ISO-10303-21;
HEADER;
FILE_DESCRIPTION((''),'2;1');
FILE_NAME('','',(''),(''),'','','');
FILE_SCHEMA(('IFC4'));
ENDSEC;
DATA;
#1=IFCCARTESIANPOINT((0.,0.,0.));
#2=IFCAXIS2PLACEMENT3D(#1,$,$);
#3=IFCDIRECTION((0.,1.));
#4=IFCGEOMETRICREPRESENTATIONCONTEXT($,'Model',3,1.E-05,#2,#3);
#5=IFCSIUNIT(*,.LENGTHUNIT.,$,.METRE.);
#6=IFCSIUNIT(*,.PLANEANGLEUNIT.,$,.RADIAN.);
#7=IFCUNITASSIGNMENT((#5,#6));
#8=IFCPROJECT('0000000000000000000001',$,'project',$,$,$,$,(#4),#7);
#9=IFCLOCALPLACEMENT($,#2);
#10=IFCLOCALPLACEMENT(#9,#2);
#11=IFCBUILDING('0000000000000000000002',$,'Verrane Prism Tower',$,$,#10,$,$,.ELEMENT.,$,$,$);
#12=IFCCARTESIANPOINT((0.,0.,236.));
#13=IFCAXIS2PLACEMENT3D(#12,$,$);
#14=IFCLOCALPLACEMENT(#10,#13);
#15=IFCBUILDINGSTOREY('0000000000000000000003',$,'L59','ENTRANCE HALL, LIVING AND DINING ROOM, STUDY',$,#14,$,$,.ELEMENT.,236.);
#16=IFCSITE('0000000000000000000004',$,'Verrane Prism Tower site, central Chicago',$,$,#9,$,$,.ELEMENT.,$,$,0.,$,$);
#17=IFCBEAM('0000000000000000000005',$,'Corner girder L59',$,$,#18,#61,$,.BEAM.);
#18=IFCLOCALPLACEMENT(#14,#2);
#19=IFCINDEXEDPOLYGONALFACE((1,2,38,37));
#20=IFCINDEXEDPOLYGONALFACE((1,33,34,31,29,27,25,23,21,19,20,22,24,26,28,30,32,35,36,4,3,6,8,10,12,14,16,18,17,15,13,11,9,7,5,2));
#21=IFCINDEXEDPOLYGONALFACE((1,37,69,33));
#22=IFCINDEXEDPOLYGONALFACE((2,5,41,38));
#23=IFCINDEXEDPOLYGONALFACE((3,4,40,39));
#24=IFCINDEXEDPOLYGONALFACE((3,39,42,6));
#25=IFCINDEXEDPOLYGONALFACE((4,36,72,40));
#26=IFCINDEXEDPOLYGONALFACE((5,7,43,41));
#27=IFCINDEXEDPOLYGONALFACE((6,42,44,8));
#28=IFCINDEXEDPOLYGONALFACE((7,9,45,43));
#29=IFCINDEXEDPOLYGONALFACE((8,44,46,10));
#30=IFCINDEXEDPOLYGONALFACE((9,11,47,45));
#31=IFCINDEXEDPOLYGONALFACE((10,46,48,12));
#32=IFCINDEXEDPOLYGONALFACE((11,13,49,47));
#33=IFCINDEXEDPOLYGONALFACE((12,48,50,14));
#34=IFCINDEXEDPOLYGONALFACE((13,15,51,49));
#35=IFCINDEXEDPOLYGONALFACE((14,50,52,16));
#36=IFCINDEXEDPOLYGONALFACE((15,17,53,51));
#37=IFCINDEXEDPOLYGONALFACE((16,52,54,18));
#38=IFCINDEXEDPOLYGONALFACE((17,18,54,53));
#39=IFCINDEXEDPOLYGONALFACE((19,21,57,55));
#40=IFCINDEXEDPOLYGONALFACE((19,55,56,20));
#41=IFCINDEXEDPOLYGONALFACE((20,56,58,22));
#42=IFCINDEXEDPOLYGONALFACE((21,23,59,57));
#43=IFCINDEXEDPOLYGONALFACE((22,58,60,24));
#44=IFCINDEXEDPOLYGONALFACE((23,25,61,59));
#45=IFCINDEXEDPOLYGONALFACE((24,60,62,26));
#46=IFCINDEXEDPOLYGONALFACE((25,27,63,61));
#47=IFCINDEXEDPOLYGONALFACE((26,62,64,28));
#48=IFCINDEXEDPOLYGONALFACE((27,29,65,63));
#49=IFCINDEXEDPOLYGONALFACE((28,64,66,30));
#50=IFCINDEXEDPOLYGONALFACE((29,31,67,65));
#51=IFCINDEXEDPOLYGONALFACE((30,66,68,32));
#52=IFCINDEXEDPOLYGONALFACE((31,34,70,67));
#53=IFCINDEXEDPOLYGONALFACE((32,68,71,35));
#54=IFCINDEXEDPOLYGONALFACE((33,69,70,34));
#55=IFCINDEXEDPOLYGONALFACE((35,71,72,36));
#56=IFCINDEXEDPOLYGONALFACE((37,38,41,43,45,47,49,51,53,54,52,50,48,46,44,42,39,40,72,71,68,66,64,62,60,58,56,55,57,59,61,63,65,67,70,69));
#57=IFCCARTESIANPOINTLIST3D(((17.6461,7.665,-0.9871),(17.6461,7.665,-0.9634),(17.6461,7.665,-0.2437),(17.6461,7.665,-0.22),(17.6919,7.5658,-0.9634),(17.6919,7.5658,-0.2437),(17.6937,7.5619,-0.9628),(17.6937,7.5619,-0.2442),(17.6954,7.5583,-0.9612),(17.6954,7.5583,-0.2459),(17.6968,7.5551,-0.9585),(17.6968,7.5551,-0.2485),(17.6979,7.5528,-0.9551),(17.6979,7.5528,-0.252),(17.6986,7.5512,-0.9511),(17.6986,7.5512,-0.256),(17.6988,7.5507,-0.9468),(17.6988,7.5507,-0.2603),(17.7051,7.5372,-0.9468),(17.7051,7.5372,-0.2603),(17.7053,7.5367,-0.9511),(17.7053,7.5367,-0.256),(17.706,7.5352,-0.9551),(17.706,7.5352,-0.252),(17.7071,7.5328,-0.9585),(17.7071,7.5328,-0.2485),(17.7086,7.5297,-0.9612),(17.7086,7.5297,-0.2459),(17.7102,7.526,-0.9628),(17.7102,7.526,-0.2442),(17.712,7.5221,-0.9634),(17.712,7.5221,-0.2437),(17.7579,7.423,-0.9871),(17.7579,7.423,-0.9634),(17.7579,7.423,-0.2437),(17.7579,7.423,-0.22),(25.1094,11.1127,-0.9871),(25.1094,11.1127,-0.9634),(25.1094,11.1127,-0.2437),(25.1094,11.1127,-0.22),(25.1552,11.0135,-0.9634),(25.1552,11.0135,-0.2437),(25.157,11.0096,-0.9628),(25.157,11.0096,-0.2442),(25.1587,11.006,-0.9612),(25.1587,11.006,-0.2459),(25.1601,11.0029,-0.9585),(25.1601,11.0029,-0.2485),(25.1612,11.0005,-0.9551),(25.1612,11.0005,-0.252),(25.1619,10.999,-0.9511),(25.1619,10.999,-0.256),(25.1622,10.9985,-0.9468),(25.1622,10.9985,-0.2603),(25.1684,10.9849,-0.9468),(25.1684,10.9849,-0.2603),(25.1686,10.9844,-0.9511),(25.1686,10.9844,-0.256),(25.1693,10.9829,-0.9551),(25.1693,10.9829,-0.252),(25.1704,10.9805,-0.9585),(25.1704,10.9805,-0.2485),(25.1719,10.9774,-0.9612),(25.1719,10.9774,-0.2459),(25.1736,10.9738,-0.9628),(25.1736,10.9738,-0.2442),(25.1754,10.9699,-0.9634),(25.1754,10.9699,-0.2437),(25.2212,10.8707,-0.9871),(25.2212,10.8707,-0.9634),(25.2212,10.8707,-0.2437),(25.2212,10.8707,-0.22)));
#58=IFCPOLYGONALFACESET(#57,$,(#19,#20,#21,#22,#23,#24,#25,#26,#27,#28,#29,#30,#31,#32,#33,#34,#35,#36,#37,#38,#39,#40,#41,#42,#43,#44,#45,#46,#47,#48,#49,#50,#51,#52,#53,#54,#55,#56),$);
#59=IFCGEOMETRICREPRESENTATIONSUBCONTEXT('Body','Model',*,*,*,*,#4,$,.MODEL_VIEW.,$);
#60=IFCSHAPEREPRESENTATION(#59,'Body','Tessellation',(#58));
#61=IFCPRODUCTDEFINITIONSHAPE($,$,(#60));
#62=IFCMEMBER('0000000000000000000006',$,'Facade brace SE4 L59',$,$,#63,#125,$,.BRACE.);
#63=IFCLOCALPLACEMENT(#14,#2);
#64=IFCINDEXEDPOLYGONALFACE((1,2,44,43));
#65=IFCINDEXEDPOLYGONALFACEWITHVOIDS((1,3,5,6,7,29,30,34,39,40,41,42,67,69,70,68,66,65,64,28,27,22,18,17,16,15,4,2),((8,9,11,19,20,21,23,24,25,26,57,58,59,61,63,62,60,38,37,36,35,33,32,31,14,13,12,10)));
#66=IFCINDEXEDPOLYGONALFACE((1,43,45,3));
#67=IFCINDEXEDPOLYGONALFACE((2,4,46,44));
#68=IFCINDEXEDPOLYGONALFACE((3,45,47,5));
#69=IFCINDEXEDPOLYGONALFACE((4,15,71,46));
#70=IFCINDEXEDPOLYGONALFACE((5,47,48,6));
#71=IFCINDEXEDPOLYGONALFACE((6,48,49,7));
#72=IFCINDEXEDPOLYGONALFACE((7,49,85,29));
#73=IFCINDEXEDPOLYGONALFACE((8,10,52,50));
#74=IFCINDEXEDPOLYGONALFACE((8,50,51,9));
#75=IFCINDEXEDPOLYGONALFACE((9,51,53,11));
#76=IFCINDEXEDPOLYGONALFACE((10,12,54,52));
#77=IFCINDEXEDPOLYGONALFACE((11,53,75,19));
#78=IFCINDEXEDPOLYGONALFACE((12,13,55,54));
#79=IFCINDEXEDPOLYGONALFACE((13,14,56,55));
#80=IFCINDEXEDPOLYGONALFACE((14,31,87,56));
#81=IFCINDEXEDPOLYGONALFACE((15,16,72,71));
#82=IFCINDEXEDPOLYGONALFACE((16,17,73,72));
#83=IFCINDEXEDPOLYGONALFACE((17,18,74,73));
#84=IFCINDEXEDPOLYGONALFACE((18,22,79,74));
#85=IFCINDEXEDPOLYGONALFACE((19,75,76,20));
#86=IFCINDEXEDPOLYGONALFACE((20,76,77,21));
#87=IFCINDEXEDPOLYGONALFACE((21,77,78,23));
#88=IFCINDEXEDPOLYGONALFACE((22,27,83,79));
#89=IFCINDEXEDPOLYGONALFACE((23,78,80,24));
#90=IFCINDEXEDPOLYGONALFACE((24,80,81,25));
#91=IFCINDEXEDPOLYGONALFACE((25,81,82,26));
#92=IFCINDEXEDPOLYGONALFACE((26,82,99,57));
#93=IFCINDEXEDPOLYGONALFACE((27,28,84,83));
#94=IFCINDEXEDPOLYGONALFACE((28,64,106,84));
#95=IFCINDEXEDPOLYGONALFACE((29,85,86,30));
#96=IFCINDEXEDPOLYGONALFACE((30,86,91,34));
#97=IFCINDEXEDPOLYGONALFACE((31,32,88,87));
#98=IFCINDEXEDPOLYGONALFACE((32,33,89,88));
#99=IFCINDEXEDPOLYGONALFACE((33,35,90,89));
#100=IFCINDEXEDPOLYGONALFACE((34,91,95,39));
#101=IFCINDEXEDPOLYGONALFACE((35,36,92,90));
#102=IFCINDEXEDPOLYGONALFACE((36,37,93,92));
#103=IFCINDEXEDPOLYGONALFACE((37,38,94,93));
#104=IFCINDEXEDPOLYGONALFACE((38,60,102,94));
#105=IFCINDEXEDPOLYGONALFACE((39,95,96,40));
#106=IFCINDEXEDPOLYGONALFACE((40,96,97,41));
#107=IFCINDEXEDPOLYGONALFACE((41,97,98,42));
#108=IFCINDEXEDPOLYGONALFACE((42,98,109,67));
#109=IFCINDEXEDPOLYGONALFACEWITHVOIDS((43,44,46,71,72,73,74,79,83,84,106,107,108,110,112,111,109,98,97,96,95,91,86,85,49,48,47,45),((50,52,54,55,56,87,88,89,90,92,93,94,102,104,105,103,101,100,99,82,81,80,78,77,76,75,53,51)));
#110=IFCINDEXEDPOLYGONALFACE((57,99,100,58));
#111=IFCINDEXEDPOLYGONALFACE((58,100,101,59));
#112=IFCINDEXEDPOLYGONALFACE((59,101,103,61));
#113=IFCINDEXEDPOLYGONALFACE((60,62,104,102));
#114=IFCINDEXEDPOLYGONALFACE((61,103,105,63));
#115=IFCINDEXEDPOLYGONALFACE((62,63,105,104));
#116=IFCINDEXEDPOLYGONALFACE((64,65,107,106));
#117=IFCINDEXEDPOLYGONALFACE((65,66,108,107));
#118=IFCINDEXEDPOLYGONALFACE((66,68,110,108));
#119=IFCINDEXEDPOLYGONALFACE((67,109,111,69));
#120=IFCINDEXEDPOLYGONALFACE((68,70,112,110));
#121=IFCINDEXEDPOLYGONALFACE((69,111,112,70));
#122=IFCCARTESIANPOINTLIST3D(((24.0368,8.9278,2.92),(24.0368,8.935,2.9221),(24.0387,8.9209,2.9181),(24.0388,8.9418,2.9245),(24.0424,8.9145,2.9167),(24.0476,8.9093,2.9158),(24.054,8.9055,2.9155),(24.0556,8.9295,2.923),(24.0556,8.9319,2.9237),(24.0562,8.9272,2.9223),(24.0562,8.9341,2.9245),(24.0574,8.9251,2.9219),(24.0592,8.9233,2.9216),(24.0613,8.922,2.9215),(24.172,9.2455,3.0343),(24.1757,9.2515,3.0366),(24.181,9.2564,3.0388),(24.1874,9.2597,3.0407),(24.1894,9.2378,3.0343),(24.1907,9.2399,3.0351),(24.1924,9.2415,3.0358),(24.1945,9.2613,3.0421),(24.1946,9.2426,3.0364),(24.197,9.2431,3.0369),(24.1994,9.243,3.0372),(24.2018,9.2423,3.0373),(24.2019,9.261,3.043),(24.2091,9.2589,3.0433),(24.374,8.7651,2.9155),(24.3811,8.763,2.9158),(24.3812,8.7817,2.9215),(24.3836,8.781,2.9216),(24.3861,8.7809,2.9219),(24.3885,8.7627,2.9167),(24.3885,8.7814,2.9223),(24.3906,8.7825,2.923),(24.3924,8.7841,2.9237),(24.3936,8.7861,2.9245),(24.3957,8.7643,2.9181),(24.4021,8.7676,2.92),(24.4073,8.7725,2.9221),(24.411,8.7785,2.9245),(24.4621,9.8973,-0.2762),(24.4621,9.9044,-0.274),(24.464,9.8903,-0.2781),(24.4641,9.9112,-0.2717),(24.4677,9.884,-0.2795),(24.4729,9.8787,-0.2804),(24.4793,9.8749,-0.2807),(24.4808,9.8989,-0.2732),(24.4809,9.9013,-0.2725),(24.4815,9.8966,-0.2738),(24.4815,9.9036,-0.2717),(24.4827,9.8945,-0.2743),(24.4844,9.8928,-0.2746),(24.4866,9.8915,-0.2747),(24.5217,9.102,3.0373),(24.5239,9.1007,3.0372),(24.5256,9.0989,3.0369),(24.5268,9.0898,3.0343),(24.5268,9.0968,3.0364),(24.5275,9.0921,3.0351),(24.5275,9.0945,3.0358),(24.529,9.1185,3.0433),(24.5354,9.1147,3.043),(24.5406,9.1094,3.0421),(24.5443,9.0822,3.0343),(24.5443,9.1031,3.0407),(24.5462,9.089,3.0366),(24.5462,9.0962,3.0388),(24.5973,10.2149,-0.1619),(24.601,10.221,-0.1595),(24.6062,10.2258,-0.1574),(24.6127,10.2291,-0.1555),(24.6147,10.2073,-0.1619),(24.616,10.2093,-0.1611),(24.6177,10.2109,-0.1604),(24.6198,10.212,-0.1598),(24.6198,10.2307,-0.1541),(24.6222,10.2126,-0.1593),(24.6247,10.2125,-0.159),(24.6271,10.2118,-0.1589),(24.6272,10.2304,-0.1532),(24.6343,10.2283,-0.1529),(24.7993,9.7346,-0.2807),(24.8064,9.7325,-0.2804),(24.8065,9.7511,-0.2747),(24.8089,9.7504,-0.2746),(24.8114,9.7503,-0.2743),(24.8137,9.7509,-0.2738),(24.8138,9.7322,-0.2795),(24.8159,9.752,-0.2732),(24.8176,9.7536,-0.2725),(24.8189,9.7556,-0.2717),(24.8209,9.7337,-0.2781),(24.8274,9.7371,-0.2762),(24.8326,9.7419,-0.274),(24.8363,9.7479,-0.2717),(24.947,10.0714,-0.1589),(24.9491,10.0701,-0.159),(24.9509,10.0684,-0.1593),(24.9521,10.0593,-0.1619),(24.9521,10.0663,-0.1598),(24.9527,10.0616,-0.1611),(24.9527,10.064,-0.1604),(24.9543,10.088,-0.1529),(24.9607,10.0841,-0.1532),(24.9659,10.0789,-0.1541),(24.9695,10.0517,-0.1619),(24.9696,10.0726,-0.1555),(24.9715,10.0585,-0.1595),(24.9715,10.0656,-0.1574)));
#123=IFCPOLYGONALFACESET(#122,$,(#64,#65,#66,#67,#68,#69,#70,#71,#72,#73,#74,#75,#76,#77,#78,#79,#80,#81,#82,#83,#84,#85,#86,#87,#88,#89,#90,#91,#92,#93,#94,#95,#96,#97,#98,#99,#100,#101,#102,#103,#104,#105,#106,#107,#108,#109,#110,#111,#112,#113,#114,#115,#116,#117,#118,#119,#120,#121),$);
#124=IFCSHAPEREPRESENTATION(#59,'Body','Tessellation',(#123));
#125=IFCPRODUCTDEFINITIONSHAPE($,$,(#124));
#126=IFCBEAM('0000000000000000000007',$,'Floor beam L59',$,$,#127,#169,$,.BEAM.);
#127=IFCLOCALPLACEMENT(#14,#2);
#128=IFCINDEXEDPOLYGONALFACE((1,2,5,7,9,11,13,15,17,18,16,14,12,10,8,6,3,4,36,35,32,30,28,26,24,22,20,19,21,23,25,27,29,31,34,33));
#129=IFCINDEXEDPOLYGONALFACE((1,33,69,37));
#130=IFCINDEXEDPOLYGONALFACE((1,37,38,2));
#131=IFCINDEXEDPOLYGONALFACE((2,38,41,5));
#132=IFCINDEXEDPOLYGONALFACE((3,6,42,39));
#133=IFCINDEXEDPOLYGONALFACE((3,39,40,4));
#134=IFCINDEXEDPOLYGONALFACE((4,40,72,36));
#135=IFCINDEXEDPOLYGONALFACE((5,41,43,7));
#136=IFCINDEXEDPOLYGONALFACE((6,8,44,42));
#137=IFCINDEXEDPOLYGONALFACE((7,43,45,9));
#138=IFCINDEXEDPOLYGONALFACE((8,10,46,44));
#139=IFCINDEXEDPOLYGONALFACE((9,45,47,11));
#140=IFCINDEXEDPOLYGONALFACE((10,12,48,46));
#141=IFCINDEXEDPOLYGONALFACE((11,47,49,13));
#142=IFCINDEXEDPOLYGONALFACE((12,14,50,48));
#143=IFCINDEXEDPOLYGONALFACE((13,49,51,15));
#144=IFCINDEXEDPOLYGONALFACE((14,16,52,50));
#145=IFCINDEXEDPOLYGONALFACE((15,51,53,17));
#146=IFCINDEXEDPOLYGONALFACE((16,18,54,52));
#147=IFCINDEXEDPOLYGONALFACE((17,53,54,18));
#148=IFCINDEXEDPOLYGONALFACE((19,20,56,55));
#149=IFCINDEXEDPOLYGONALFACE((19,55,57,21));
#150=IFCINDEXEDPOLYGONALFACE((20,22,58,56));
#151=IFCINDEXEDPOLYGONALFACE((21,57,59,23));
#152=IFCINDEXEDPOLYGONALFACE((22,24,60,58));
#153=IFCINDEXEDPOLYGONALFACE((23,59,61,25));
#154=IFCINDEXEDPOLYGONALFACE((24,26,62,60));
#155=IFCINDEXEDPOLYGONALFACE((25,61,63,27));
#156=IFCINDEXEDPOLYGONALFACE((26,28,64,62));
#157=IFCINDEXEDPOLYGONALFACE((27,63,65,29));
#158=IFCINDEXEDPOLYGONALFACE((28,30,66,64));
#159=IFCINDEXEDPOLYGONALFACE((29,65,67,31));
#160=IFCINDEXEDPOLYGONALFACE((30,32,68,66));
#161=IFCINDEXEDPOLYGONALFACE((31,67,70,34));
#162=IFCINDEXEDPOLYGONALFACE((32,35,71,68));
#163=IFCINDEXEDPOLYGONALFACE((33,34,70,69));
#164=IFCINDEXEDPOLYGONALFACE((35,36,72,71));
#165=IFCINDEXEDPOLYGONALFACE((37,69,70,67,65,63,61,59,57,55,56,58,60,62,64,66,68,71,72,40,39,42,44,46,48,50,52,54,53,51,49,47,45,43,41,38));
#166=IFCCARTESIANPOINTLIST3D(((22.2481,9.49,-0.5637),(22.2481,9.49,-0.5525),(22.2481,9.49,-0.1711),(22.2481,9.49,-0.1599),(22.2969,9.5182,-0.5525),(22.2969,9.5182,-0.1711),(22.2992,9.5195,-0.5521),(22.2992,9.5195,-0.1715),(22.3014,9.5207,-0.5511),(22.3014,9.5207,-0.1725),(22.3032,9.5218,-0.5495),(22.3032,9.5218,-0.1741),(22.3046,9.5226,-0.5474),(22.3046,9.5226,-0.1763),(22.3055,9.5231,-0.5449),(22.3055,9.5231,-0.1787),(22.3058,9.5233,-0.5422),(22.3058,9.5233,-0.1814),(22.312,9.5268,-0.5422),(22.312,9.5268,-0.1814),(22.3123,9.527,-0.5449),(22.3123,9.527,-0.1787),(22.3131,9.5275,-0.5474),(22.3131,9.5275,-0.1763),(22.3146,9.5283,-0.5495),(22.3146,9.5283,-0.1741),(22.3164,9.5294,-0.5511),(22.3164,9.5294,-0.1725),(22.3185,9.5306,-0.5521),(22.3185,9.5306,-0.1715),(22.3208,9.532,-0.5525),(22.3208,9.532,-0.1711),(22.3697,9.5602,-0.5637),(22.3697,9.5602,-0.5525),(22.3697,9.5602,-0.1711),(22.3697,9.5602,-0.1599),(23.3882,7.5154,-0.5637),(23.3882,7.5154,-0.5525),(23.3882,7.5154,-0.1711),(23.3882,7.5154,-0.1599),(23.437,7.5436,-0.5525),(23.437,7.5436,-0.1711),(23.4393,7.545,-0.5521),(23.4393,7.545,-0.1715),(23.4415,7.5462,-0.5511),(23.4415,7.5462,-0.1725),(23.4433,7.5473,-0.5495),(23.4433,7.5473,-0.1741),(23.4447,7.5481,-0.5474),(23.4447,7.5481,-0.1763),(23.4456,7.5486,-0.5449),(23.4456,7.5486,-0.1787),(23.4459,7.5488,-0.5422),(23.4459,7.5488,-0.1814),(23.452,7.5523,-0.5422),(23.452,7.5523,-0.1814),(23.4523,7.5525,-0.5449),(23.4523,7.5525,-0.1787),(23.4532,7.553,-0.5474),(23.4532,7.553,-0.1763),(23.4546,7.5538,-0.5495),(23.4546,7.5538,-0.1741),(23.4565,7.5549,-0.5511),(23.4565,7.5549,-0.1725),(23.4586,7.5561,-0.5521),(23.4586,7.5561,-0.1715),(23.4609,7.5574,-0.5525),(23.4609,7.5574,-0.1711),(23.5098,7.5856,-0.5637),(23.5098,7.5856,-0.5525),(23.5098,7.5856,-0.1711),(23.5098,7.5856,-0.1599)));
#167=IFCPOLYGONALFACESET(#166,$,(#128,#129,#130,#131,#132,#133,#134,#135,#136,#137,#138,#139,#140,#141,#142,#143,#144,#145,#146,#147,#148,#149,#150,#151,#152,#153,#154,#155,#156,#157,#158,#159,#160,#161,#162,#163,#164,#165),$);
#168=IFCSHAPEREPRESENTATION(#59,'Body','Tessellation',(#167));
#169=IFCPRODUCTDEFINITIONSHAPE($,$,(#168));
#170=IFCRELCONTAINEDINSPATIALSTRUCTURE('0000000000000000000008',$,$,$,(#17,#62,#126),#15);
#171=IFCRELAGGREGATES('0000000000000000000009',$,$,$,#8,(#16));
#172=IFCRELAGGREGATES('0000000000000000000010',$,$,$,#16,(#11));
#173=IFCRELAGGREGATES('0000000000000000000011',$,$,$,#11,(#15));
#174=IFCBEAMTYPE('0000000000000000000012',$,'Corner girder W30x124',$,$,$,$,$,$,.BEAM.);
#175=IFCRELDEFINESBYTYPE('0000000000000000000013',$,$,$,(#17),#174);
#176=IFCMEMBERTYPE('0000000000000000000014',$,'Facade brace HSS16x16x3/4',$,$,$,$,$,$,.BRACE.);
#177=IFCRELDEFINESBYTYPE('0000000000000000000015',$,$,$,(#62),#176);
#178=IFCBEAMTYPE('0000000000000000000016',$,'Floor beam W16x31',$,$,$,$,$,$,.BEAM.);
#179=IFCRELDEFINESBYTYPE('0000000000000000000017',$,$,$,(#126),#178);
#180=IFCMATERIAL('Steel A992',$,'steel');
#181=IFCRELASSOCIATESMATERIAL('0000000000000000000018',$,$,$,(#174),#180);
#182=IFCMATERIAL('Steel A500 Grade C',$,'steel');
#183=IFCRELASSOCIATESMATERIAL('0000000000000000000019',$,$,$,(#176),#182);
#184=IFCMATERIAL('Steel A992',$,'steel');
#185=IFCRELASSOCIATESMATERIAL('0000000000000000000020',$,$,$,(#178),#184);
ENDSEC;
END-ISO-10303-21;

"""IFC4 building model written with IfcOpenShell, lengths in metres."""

from ifc_helpers import new_model, si_unit, direction, frame, origin, origin_2d, place, context, subcontext, project, spatial, hollow_rectangle, i_section, extrude, material, material_profile, profile_set, type_object, element, save


model = new_model("IFC4")

# Units and contexts
model_context = context("Model", 3, precision=1e-05, world=origin(), true_north=direction((0.0, 1.0)))
body_context = subcontext(model_context, "Body", "Model", "MODEL_VIEW")
ifc_project = project(units=[si_unit("LENGTHUNIT", "METRE"), si_unit("PLANEANGLEUNIT", "RADIAN")], contexts=[model_context])

# Site, building, storey
site_placement = place(None, origin())
site = spatial("IfcSite", under=ifc_project, at=site_placement, Name="Verrane Prism Tower site, central Chicago", CompositionType="ELEMENT", RefElevation=0.0)
building_placement = place(site_placement, origin())
building = spatial("IfcBuilding", under=site, at=building_placement, Name="Verrane Prism Tower", CompositionType="ELEMENT")
storey_placement = place(building_placement, frame((0.0, 0.0, 236.0)))
storey = spatial("IfcBuildingStorey", under=building, at=storey_placement, Name="L59", Description="ENTRANCE HALL, LIVING AND DINING ROOM, STUDY", CompositionType="ELEMENT", Elevation=236.0)

# Beam
ifc_material_1 = material(Name="Steel A992", Category="steel")
ifc_material_profile_1 = material_profile(ifc_material_1, i_section(OverallWidth=0.2666, OverallDepth=0.7671, WebThickness=0.0149, FlangeThickness=0.0237, FilletRadius=0.0166, at=origin_2d()), Name="W30x124")
ifc_profile_set_1 = profile_set([ifc_material_profile_1], Name="Steel A992")
beam_type_1 = type_object("IfcBeamType", Name="Corner girder W30x124", PredefinedType="BEAM", material=ifc_profile_set_1)
beam_1_placement = place(storey_placement, frame((25.1653, 10.9917, -0.6035), z_axis=(-0.907815, -0.419371, 0.0), x_axis=(0.419371, -0.907815, 0.0)))
element("IfcBeam", 1, at=beam_1_placement, inside=storey, type_object=beam_type_1, Name="Corner girder L59", PredefinedType="BEAM", context=body_context, shape_type="SweptSolid", body=[
    extrude(i_section(OverallWidth=0.2666, OverallDepth=0.7671, WebThickness=0.0149, FlangeThickness=0.0237, FilletRadius=0.0166, at=origin_2d()), origin(), (0.0, 0.0, 1.0), 8.2212),
])

# Member
ifc_material_2 = material(Name="Steel A500 Grade C", Category="steel")
ifc_material_profile_2 = material_profile(ifc_material_2, hollow_rectangle(XDim=0.4065, YDim=0.4065, WallThickness=0.019, InnerFilletRadius=0.0095, OuterFilletRadius=0.0286, at=origin_2d()), Name="HSS16x16x3/4")
ifc_profile_set_2 = profile_set([ifc_material_profile_2], Name="Steel A500 Grade C")
member_type_1 = type_object("IfcMemberType", Name="Facade brace HSS16x16x3/4", PredefinedType="BRACE", material=ifc_profile_set_2)
member_1_placement = place(storey_placement, frame((24.7168, 9.9814, -0.2168), z_axis=(-0.12631, -0.287932, 0.949284), x_axis=(0.91576, -0.401726, 0.0)))
element("IfcMember", 2, at=member_1_placement, inside=storey, type_object=member_type_1, Name="Facade brace SE4 L59", PredefinedType="BRACE", context=body_context, shape_type="SweptSolid", body=[
    extrude(hollow_rectangle(XDim=0.4065, YDim=0.4065, WallThickness=0.019, InnerFilletRadius=0.0095, OuterFilletRadius=0.0286, at=origin_2d()), origin(), (0.0, 0.0, 1.0), 3.3669),
])

# Beam
ifc_material_3 = material(Name="Steel A992", Category="steel")
ifc_material_profile_3 = material_profile(ifc_material_3, i_section(OverallWidth=0.1404, OverallDepth=0.4038, WebThickness=0.0071, FlangeThickness=0.0112, FilletRadius=0.0103, at=origin_2d()), Name="W16x31")
ifc_profile_set_3 = profile_set([ifc_material_profile_3], Name="Steel A992")
beam_type_2 = type_object("IfcBeamType", Name="Floor beam W16x31", PredefinedType="BEAM", material=ifc_profile_set_3)
beam_2_placement = place(storey_placement, frame((23.449, 7.5505, -0.3618), z_axis=(-0.500031, 0.866007, 0.0), x_axis=(-0.866007, -0.500031, 0.0)))
element("IfcBeam", 3, at=beam_2_placement, inside=storey, type_object=beam_type_2, Name="Floor beam L59", PredefinedType="BEAM", context=body_context, shape_type="SweptSolid", body=[
    extrude(i_section(OverallWidth=0.1404, OverallDepth=0.4038, WebThickness=0.0071, FlangeThickness=0.0112, FilletRadius=0.0103, at=origin_2d()), origin(), (0.0, 0.0, 1.0), 2.28),
])

save(model, "model.ifc")
